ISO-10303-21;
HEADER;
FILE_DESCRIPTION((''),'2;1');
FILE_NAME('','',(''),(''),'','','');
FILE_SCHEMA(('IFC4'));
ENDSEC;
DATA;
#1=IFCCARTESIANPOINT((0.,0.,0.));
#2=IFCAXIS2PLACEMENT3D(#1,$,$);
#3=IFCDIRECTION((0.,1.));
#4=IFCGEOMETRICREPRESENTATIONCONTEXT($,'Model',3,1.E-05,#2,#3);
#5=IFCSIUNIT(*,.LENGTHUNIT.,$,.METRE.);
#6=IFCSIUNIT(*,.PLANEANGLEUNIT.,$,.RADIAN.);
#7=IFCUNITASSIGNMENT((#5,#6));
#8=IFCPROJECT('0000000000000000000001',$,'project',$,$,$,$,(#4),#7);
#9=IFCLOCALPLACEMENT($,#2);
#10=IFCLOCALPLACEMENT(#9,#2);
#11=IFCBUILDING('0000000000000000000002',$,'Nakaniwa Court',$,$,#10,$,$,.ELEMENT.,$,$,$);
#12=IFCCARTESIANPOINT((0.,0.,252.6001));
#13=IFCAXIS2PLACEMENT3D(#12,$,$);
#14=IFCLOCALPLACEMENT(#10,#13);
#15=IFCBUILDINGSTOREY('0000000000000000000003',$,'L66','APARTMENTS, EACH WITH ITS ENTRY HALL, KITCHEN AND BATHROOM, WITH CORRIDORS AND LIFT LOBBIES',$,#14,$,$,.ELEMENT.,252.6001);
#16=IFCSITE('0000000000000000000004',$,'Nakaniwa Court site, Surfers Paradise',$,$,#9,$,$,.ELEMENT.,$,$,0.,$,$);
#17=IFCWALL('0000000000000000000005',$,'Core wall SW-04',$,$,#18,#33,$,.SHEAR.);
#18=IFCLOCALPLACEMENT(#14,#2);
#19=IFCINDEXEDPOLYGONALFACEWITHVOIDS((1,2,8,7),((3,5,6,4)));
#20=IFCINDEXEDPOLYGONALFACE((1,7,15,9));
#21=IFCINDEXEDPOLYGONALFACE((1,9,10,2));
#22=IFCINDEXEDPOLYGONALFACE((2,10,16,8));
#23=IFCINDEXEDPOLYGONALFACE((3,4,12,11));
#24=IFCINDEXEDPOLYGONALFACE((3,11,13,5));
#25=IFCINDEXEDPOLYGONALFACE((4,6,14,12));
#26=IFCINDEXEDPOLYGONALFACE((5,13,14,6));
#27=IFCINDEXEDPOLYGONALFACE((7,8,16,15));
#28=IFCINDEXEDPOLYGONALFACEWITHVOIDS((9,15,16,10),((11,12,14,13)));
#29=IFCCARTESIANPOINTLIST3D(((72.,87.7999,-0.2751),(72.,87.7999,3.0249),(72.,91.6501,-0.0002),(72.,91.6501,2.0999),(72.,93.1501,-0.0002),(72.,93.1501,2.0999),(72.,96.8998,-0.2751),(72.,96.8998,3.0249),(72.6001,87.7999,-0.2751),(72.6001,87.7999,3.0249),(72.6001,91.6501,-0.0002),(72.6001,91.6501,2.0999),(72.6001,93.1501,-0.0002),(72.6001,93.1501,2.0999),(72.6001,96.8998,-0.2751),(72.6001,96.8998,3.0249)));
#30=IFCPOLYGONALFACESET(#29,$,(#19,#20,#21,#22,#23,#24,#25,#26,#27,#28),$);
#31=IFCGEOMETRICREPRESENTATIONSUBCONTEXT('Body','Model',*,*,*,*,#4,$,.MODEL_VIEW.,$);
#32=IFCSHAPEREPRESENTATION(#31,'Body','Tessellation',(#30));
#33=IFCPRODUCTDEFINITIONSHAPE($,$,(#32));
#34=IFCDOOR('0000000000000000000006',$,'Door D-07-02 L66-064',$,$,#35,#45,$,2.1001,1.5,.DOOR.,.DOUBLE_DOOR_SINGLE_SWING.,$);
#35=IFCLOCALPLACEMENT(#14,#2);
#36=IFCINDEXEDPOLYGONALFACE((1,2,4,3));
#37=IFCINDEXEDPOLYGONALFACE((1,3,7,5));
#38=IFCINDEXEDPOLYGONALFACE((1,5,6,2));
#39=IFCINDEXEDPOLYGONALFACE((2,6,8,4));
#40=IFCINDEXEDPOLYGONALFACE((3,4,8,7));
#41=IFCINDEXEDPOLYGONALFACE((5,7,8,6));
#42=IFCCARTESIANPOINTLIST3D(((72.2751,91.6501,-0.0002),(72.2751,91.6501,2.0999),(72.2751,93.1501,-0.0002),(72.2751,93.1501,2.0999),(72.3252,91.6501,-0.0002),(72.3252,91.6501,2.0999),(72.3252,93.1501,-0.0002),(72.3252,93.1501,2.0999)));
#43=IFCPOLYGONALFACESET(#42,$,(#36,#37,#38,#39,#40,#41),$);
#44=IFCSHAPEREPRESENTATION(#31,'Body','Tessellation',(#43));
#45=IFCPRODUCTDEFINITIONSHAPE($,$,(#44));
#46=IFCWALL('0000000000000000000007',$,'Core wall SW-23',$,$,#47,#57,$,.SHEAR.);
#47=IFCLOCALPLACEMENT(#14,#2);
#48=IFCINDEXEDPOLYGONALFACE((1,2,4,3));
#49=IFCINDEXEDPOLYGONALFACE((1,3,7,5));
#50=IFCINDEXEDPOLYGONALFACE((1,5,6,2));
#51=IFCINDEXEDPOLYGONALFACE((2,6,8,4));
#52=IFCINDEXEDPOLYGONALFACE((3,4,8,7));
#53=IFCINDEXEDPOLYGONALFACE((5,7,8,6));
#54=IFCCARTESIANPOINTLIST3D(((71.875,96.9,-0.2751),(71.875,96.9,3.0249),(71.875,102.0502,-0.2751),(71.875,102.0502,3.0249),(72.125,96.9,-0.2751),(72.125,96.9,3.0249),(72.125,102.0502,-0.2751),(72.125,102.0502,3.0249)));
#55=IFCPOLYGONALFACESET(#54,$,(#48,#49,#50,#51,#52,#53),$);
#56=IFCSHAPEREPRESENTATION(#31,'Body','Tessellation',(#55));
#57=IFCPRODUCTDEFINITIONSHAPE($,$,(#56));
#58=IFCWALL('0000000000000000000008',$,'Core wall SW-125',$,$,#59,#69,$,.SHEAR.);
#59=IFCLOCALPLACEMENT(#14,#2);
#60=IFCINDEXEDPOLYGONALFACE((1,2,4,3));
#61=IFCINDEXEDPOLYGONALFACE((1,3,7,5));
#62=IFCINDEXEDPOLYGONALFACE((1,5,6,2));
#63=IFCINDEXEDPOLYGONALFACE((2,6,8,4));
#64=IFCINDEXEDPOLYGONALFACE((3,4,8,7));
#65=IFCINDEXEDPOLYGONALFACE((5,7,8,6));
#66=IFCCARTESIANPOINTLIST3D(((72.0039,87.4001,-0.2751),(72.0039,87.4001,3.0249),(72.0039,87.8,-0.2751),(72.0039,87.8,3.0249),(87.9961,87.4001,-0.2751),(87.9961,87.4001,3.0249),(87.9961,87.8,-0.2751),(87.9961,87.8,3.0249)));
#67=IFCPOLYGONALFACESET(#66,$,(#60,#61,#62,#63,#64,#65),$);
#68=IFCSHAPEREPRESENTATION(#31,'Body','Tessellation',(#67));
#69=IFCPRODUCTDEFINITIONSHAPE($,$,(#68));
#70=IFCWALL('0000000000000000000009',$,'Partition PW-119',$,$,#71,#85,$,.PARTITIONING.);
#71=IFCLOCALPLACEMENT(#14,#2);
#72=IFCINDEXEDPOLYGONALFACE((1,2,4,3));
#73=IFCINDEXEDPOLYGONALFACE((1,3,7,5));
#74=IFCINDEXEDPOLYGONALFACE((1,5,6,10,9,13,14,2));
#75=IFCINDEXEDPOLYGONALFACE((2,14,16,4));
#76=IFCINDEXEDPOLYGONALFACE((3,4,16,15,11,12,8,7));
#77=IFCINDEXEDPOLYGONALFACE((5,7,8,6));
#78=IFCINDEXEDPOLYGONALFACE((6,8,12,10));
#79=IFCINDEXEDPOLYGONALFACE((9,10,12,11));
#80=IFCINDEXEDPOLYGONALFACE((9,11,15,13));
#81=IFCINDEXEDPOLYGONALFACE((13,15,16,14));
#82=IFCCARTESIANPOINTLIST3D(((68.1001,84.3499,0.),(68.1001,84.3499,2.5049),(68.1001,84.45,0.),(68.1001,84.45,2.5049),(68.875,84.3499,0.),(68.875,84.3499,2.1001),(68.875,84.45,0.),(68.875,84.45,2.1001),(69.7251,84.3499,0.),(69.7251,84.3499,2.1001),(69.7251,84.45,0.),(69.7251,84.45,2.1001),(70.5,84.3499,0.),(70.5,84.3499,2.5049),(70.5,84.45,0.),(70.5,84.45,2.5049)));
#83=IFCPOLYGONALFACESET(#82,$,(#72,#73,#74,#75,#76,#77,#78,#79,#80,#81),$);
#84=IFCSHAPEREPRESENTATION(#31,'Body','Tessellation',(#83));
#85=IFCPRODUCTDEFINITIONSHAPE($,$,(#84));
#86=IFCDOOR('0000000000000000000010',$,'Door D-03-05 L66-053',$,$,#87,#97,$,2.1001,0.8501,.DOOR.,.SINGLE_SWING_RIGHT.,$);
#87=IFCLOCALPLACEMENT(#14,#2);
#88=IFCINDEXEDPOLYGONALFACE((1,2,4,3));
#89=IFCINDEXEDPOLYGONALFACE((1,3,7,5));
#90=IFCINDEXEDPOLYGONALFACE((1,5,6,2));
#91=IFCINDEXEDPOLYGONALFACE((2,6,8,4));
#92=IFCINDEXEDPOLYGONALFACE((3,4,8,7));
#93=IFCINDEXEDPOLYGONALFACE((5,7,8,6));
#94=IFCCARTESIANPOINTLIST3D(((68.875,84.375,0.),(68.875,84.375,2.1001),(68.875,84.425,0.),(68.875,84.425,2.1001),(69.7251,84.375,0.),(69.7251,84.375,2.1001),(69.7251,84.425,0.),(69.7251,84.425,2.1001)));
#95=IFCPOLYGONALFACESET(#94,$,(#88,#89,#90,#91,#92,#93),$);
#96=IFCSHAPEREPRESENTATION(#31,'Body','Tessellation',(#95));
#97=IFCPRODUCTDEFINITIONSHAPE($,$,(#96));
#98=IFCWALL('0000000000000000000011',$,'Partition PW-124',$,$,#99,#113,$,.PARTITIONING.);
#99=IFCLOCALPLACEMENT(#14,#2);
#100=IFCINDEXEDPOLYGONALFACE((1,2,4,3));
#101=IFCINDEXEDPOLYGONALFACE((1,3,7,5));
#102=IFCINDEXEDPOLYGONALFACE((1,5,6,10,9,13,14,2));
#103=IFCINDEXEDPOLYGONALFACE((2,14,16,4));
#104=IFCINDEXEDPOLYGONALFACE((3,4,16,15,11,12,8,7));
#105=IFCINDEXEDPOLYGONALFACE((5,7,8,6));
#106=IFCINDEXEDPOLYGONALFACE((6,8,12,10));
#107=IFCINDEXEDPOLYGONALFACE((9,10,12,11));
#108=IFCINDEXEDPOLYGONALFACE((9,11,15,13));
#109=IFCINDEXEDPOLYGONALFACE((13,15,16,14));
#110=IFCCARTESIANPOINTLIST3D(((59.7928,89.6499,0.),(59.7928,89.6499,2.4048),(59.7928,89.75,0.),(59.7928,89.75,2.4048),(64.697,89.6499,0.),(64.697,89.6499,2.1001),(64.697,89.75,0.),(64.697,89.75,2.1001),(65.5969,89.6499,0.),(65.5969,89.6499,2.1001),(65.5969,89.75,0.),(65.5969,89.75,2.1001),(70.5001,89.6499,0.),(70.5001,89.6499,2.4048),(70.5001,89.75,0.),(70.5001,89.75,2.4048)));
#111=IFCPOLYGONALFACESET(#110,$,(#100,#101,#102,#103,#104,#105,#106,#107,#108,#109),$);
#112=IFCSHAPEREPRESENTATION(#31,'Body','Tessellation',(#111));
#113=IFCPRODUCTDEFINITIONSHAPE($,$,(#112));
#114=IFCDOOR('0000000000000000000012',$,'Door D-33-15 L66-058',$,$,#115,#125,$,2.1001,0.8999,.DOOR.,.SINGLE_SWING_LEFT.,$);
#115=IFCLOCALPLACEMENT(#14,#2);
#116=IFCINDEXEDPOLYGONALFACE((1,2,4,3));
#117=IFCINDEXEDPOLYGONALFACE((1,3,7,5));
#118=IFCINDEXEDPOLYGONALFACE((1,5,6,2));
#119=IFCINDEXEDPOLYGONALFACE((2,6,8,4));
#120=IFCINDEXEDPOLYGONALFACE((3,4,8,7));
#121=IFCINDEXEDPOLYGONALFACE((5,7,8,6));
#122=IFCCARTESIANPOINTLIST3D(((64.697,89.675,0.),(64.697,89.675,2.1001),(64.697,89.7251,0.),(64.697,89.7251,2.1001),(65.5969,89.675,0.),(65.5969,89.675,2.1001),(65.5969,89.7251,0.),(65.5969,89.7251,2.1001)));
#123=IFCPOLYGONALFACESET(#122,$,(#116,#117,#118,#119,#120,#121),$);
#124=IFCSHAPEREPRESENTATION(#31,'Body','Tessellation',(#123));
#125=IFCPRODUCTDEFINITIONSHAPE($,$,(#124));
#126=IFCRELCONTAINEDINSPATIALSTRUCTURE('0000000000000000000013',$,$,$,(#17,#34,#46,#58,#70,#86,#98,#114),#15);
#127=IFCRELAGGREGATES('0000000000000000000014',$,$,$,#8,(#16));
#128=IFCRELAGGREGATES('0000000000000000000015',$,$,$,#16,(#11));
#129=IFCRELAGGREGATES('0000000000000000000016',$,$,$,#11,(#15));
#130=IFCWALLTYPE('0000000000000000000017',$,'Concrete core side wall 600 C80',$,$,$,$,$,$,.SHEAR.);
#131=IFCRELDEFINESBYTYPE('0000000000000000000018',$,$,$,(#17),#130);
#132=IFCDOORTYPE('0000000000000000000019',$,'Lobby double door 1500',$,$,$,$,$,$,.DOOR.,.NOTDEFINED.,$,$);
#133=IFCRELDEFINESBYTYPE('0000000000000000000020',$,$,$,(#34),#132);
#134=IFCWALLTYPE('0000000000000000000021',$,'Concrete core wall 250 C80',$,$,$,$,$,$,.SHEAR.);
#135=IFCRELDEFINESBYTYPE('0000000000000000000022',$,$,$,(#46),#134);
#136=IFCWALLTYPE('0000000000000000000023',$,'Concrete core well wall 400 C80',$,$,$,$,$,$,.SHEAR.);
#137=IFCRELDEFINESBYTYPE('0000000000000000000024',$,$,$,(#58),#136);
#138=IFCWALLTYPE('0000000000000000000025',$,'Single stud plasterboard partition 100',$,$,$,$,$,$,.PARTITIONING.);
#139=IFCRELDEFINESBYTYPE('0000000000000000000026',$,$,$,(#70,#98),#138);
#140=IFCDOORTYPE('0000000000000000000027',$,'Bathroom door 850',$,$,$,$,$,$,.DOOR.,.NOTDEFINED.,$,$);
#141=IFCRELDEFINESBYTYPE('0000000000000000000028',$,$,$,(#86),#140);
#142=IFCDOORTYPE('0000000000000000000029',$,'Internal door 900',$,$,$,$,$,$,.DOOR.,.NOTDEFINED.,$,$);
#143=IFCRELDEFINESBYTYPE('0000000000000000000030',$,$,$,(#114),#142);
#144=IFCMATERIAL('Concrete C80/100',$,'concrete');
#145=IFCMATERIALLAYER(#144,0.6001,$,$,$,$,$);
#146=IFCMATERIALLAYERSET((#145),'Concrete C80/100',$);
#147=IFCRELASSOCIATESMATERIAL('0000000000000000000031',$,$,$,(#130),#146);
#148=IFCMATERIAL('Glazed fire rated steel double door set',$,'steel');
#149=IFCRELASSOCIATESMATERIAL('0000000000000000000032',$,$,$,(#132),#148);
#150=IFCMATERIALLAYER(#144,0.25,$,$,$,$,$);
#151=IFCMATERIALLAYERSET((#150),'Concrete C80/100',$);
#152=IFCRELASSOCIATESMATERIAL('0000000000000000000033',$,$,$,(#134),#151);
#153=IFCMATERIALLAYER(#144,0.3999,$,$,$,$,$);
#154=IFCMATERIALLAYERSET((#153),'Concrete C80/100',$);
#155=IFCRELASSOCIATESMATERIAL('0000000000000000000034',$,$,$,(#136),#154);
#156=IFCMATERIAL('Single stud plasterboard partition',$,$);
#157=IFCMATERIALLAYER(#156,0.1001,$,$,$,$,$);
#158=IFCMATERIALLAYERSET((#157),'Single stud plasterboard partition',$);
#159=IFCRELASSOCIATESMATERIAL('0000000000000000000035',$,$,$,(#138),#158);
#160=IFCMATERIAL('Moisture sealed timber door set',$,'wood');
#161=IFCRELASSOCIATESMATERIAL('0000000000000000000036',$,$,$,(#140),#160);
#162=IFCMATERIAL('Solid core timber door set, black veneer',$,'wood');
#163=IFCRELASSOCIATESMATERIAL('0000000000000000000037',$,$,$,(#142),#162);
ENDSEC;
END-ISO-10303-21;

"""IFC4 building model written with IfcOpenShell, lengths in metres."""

from ifc_helpers import new_model, si_unit, direction, frame, frame_2d, origin, place, context, subcontext, project, spatial, rectangle, extrude, material, layer, layer_set, type_object, element, fill, save


model = new_model("IFC4")

# Units and contexts
model_context = context("Model", 3, precision=1e-05, world=origin(), true_north=direction((0.0, 1.0)))
body_context = subcontext(model_context, "Body", "Model", "MODEL_VIEW")
ifc_project = project(units=[si_unit("LENGTHUNIT", "METRE"), si_unit("PLANEANGLEUNIT", "RADIAN")], contexts=[model_context])

# Site, building, storey
site_placement = place(None, origin())
site = spatial("IfcSite", under=ifc_project, at=site_placement, Name="Nakaniwa Court site, Surfers Paradise", CompositionType="ELEMENT", RefElevation=0.0)
building_placement = place(site_placement, origin())
building = spatial("IfcBuilding", under=site, at=building_placement, Name="Nakaniwa Court", CompositionType="ELEMENT")
storey_placement = place(building_placement, frame((0.0, 0.0, 252.6001)))
storey = spatial("IfcBuildingStorey", under=building, at=storey_placement, Name="L66", Description="APARTMENTS, EACH WITH ITS ENTRY HALL, KITCHEN AND BATHROOM, WITH CORRIDORS AND LIFT LOBBIES", CompositionType="ELEMENT", Elevation=252.6001)

# Shared definitions
ifc_material_1 = material(Name="Concrete C80/100", Category="concrete")

# Shared definitions
ifc_material_2 = material(Name="Solid core timber door set, black veneer", Category="wood")

# Wall, opening, door
ifc_layer_1 = layer(ifc_material_1, 0.6001)
ifc_layer_set_1 = layer_set([ifc_layer_1], Name="Concrete C80/100")
wall_type_1 = type_object("IfcWallType", Name="Concrete core side wall 600 C80", PredefinedType="SHEAR", material=ifc_layer_set_1)
wall_1_placement = place(storey_placement, frame((72.3, 87.8, -0.2751), z_axis=(0.0, 0.0, 1.0), x_axis=(0.0, 1.0, 0.0)))
wall_1 = element("IfcWall", 1, at=wall_1_placement, inside=storey, type_object=wall_type_1, Name="Core wall SW-04", PredefinedType="SHEAR", context=body_context, shape_type="SweptSolid", body=[
    extrude(rectangle(XDim=9.0999, YDim=0.6001, at=frame_2d((4.5498, 0.0))), origin(), (0.0, 0.0, 1.0), 3.3),
])
opening_1_placement = place(wall_1_placement, frame((3.8501, 0.0, 0.2749)))
opening_1 = element("IfcOpeningElement", 2, at=opening_1_placement, cuts=wall_1, PredefinedType="OPENING", context=body_context, shape_type="SweptSolid", body=[
    extrude(rectangle(XDim=1.5, YDim=2.1001, at=frame_2d((0.75, 1.05))), frame((0.0, 0.3101, 0.0), z_axis=(0.0, -1.0, 0.0), x_axis=(1.0, 0.0, 0.0)), (0.0, 0.0, 1.0), 0.6201),
])
ifc_material_3 = material(Name="Glazed fire rated steel double door set", Category="steel")
door_type_1 = type_object("IfcDoorType", Name="Lobby double door 1500", OperationType="NOTDEFINED", PredefinedType="DOOR", material=ifc_material_3)
door_1_placement = place(opening_1_placement, origin())
door_1 = element("IfcDoor", 3, at=door_1_placement, inside=storey, type_object=door_type_1, Name="Door D-07-02 L66-064", OperationType="DOUBLE_DOOR_SINGLE_SWING", OverallHeight=2.1001, OverallWidth=1.5, PredefinedType="DOOR", context=body_context, shape_type="SweptSolid", body=[
    extrude(rectangle(XDim=1.5, YDim=2.1001, at=frame_2d((0.75, 1.05))), frame((0.0, 0.0249, 0.0), z_axis=(0.0, -1.0, 0.0), x_axis=(1.0, 0.0, 0.0)), (0.0, 0.0, 1.0), 0.05),
])
fill(opening_1, door_1)

# Walls
ifc_layer_2 = layer(ifc_material_1, 0.25)
ifc_layer_set_2 = layer_set([ifc_layer_2], Name="Concrete C80/100")
wall_type_2 = type_object("IfcWallType", Name="Concrete core wall 250 C80", PredefinedType="SHEAR", material=ifc_layer_set_2)
wall_2_placement = place(storey_placement, frame((72.0, 96.8999, -0.2751), z_axis=(0.0, 0.0, 1.0), x_axis=(0.0, 1.0, 0.0)))
element("IfcWall", 4, at=wall_2_placement, inside=storey, type_object=wall_type_2, Name="Core wall SW-23", PredefinedType="SHEAR", context=body_context, shape_type="SweptSolid", body=[
    extrude(rectangle(XDim=5.1501, YDim=0.25, at=frame_2d((2.5752, 0.0))), origin(), (0.0, 0.0, 1.0), 3.3),
])
ifc_layer_3 = layer(ifc_material_1, 0.3999)
ifc_layer_set_3 = layer_set([ifc_layer_3], Name="Concrete C80/100")
wall_type_3 = type_object("IfcWallType", Name="Concrete core well wall 400 C80", PredefinedType="SHEAR", material=ifc_layer_set_3)
wall_3_placement = place(storey_placement, frame((72.0039, 87.6001, -0.2751), z_axis=(0.0, 0.0, 1.0), x_axis=(1.0, 0.0, 0.0)))
element("IfcWall", 5, at=wall_3_placement, inside=storey, type_object=wall_type_3, Name="Core wall SW-125", PredefinedType="SHEAR", context=body_context, shape_type="SweptSolid", body=[
    extrude(rectangle(XDim=15.9922, YDim=0.3999, at=frame_2d((7.9961, 0.0))), origin(), (0.0, 0.0, 1.0), 3.3),
])

# Walls, openings, doors
ifc_material_4 = material(Name="Single stud plasterboard partition")
ifc_layer_4 = layer(ifc_material_4, 0.1001)
ifc_layer_set_4 = layer_set([ifc_layer_4], Name="Single stud plasterboard partition")
wall_type_4 = type_object("IfcWallType", Name="Single stud plasterboard partition 100", PredefinedType="PARTITIONING", material=ifc_layer_set_4)
wall_4_placement = place(storey_placement, frame((70.5, 84.3999, 0.0), z_axis=(0.0, 0.0, 1.0), x_axis=(-1.0, 0.0, 0.0)))
wall_4 = element("IfcWall", 6, at=wall_4_placement, inside=storey, type_object=wall_type_4, Name="Partition PW-119", PredefinedType="PARTITIONING", context=body_context, shape_type="SweptSolid", body=[
    extrude(rectangle(XDim=2.3999, YDim=0.1001, at=frame_2d((1.2, 0.0))), origin(), (0.0, 0.0, 1.0), 2.5049),
])
opening_2_placement = place(wall_4_placement, frame((0.7749, 0.0, 0.0)))
opening_2 = element("IfcOpeningElement", 7, at=opening_2_placement, cuts=wall_4, PredefinedType="OPENING", context=body_context, shape_type="SweptSolid", body=[
    extrude(rectangle(XDim=0.8501, YDim=2.1001, at=frame_2d((0.425, 1.05))), frame((0.0, 0.0601, 0.0), z_axis=(0.0, -1.0, 0.0), x_axis=(1.0, 0.0, 0.0)), (0.0, 0.0, 1.0), 0.1201),
])
ifc_material_5 = material(Name="Moisture sealed timber door set", Category="wood")
door_type_2 = type_object("IfcDoorType", Name="Bathroom door 850", OperationType="NOTDEFINED", PredefinedType="DOOR", material=ifc_material_5)
door_2_placement = place(opening_2_placement, origin())
door_2 = element("IfcDoor", 8, at=door_2_placement, inside=storey, type_object=door_type_2, Name="Door D-03-05 L66-053", OperationType="SINGLE_SWING_RIGHT", OverallHeight=2.1001, OverallWidth=0.8501, PredefinedType="DOOR", context=body_context, shape_type="SweptSolid", body=[
    extrude(rectangle(XDim=0.8501, YDim=2.1001, at=frame_2d((0.425, 1.05))), frame((0.0, 0.0249, 0.0), z_axis=(0.0, -1.0, 0.0), x_axis=(1.0, 0.0, 0.0)), (0.0, 0.0, 1.0), 0.05),
])
fill(opening_2, door_2)
wall_5_placement = place(storey_placement, frame((70.5, 89.7, 0.0), z_axis=(0.0, 0.0, 1.0), x_axis=(-1.0, 0.0, 0.0)))
wall_5 = element("IfcWall", 9, at=wall_5_placement, inside=storey, type_object=wall_type_4, Name="Partition PW-124", PredefinedType="PARTITIONING", context=body_context, shape_type="SweptSolid", body=[
    extrude(rectangle(XDim=10.7073, YDim=0.1001, at=frame_2d((5.3535, 0.0))), origin(), (0.0, 0.0, 1.0), 2.4048),
])
opening_3_placement = place(wall_5_placement, frame((4.9031, 0.0, 0.0)))
opening_3 = element("IfcOpeningElement", 10, at=opening_3_placement, cuts=wall_5, PredefinedType="OPENING", context=body_context, shape_type="SweptSolid", body=[
    extrude(rectangle(XDim=0.8999, YDim=2.1001, at=frame_2d((0.45, 1.05))), frame((0.0, 0.0601, 0.0), z_axis=(0.0, -1.0, 0.0), x_axis=(1.0, 0.0, 0.0)), (0.0, 0.0, 1.0), 0.1201),
])
door_type_3 = type_object("IfcDoorType", Name="Internal door 900", OperationType="NOTDEFINED", PredefinedType="DOOR", material=ifc_material_2)
door_3_placement = place(opening_3_placement, origin())
door_3 = element("IfcDoor", 11, at=door_3_placement, inside=storey, type_object=door_type_3, Name="Door D-33-15 L66-058", OperationType="SINGLE_SWING_LEFT", OverallHeight=2.1001, OverallWidth=0.8999, PredefinedType="DOOR", context=body_context, shape_type="SweptSolid", body=[
    extrude(rectangle(XDim=0.8999, YDim=2.1001, at=frame_2d((0.45, 1.05))), frame((0.0, 0.0249, 0.0), z_axis=(0.0, -1.0, 0.0), x_axis=(1.0, 0.0, 0.0)), (0.0, 0.0, 1.0), 0.05),
])
fill(opening_3, door_3)

save(model, "model.ifc")
